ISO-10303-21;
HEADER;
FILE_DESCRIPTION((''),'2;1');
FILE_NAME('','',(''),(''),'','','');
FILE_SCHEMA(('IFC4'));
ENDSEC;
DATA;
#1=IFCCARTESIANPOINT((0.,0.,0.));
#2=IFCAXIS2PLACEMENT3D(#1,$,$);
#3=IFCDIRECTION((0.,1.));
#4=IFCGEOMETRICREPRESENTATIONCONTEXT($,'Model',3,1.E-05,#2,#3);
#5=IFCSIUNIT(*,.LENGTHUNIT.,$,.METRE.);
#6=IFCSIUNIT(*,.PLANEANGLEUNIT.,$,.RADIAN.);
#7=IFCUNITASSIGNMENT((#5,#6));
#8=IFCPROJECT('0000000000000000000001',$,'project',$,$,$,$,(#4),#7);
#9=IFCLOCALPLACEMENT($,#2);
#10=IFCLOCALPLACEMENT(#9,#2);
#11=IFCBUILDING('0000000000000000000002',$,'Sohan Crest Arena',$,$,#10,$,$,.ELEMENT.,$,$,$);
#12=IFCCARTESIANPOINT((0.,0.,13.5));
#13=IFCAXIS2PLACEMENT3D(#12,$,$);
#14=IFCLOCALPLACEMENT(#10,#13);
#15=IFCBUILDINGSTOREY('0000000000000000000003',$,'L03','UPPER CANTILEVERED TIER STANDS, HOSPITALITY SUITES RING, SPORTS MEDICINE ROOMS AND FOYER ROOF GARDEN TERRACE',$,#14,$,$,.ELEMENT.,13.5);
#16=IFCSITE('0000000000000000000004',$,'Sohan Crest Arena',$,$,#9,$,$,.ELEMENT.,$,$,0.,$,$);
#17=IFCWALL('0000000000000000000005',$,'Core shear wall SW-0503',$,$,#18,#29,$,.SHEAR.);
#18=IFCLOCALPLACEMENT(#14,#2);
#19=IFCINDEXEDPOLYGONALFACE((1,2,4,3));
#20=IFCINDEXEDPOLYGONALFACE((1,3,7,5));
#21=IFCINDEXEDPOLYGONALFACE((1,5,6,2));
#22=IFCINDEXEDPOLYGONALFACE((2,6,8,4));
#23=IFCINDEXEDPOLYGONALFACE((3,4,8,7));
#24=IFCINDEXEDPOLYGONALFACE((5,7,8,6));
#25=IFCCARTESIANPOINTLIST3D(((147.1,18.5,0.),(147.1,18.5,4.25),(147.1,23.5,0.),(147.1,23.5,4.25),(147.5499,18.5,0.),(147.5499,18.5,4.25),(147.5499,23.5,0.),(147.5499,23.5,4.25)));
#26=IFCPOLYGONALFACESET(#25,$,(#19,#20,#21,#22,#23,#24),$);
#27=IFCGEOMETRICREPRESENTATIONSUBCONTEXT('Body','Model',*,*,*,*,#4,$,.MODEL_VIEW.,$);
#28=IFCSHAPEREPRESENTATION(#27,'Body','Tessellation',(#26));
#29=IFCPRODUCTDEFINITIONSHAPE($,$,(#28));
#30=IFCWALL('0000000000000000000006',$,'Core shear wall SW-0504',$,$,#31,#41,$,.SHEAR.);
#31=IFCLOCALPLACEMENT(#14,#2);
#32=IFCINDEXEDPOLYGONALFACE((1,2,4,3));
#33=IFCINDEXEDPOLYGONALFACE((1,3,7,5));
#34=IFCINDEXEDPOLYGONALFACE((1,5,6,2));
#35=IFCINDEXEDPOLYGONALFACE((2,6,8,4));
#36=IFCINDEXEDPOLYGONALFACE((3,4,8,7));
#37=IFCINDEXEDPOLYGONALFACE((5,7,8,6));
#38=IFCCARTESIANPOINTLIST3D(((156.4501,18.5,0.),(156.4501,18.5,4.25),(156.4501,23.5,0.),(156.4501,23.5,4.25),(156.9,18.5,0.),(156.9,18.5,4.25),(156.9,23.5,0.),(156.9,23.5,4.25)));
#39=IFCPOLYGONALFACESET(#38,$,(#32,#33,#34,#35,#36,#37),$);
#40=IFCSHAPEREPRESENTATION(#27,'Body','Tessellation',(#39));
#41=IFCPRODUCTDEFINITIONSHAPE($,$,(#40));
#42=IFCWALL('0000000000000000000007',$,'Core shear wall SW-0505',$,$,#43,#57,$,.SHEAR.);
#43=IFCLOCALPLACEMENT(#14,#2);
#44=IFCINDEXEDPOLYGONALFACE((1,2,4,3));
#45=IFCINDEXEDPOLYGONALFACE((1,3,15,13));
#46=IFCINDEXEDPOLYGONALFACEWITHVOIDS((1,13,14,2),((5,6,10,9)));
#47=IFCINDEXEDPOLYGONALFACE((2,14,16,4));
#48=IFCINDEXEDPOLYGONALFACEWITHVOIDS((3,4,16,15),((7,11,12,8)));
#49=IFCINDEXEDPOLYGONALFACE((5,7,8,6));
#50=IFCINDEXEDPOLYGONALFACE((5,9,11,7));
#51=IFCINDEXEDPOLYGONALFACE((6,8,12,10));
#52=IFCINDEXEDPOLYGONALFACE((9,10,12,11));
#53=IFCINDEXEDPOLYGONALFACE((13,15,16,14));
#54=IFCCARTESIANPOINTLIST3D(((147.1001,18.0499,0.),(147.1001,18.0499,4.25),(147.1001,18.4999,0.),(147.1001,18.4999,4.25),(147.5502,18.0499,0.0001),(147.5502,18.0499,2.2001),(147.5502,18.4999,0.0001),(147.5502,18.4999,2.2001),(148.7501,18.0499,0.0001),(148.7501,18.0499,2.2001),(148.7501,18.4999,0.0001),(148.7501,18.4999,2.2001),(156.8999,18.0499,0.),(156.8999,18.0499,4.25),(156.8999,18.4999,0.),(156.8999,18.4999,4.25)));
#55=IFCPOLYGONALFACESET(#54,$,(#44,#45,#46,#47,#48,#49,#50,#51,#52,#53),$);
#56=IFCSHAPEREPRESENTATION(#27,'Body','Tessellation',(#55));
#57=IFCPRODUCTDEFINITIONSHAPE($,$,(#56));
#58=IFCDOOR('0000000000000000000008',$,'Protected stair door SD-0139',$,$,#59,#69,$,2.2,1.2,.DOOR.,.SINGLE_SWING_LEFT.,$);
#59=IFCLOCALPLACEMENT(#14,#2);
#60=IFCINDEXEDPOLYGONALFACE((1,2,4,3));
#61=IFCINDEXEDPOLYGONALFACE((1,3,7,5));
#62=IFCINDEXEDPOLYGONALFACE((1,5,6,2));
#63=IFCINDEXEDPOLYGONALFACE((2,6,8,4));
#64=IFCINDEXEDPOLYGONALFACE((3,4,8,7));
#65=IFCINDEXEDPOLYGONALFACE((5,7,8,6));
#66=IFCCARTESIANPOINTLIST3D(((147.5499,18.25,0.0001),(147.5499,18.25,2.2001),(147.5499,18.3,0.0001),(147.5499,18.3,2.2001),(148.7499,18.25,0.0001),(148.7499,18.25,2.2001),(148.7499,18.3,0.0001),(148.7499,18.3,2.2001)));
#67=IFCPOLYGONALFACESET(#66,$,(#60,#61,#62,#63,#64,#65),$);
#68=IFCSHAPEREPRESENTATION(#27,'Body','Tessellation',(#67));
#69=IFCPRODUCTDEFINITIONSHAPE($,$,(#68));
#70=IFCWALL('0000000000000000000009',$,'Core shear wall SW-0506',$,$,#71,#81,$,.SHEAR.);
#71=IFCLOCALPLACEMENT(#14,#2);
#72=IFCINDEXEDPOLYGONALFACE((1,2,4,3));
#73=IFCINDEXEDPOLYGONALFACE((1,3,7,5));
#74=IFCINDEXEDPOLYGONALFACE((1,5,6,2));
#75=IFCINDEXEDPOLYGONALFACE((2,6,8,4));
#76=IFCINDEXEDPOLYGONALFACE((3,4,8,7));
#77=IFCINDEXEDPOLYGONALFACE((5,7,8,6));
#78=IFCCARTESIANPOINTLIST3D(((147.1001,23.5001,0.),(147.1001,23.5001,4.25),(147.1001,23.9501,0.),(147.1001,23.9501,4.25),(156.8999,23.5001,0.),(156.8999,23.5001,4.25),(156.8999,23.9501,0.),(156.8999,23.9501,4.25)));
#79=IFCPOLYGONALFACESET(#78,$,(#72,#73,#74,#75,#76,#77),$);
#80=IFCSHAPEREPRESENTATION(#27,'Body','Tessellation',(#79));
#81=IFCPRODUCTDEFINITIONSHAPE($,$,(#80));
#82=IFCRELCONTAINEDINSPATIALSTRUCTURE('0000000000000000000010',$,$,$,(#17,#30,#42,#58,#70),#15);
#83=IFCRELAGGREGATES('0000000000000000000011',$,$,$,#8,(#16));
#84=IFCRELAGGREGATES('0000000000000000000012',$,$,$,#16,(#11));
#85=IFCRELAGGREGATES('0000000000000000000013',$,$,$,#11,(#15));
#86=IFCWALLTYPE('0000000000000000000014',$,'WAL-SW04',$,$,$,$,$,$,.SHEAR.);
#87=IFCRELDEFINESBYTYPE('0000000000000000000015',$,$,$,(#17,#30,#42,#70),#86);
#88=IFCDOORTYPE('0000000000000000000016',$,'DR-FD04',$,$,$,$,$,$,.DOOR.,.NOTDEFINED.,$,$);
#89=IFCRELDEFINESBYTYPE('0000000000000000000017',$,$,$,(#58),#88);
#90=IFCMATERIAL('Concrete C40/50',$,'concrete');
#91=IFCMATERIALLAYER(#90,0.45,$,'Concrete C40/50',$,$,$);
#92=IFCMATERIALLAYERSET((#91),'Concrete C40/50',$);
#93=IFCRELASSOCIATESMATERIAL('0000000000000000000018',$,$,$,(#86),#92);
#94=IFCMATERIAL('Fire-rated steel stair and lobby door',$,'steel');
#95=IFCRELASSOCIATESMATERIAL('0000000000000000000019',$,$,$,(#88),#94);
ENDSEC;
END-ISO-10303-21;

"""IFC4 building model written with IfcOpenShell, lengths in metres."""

from ifc_helpers import new_model, si_unit, direction, frame, frame_2d, origin, place, context, subcontext, project, spatial, rectangle, extrude, material, layer, layer_set, type_object, element, fill, save


model = new_model("IFC4")

# Units and contexts
model_context = context("Model", 3, precision=1e-05, world=origin(), true_north=direction((0.0, 1.0)))
body_context = subcontext(model_context, "Body", "Model", "MODEL_VIEW")
ifc_project = project(units=[si_unit("LENGTHUNIT", "METRE"), si_unit("PLANEANGLEUNIT", "RADIAN")], contexts=[model_context])

# Site, building, storey
site_placement = place(None, origin())
site = spatial("IfcSite", under=ifc_project, at=site_placement, Name="Sohan Crest Arena", CompositionType="ELEMENT", RefElevation=0.0)
building_placement = place(site_placement, origin())
building = spatial("IfcBuilding", under=site, at=building_placement, Name="Sohan Crest Arena", CompositionType="ELEMENT")
storey_placement = place(building_placement, frame((0.0, 0.0, 13.5)))
storey = spatial("IfcBuildingStorey", under=building, at=storey_placement, Name="L03", Description="UPPER CANTILEVERED TIER STANDS, HOSPITALITY SUITES RING, SPORTS MEDICINE ROOMS AND FOYER ROOF GARDEN TERRACE", CompositionType="ELEMENT", Elevation=13.5)

# Walls
ifc_material_1 = material(Name="Concrete C40/50", Category="concrete")
ifc_layer_1 = layer(ifc_material_1, 0.45, Name="Concrete C40/50")
ifc_layer_set_1 = layer_set([ifc_layer_1], Name="Concrete C40/50")
wall_type_1 = type_object("IfcWallType", Name="WAL-SW04", PredefinedType="SHEAR", material=ifc_layer_set_1)
for number, where, z_axis, x_axis, name in (
    (1, (147.325, 18.5, 0.0), (0.0, 0.0, 1.0), (0.0, 1.0, 0.0), "Core shear wall SW-0503"),
    (2, (156.675, 18.5, 0.0), (0.0, 0.0, 1.0), (0.0, 1.0, 0.0), "Core shear wall SW-0504"),
):
    element("IfcWall", number, at=place(storey_placement, frame(where, z_axis=z_axis, x_axis=x_axis)), inside=storey, type_object=wall_type_1, Name=name, PredefinedType="SHEAR", context=body_context, shape_type="SweptSolid", body=[
        extrude(rectangle(XDim=5.0, YDim=0.45, at=frame_2d((2.5, 0.0))), origin(), (0.0, 0.0, 1.0), 4.25),
    ])

# Wall, opening, door
wall_1_placement = place(storey_placement, frame((147.1001, 18.2749, 0.0), z_axis=(0.0, 0.0, 1.0), x_axis=(1.0, 0.0, 0.0)))
wall_1 = element("IfcWall", 3, at=wall_1_placement, inside=storey, type_object=wall_type_1, Name="Core shear wall SW-0505", PredefinedType="SHEAR", context=body_context, shape_type="SweptSolid", body=[
    extrude(rectangle(XDim=9.7998, YDim=0.45, at=frame_2d((4.8999, 0.0))), origin(), (0.0, 0.0, 1.0), 4.25),
])
opening_1_placement = place(wall_1_placement, frame((0.45, 0.0, 0.0)))
opening_1 = element("IfcOpeningElement", 4, at=opening_1_placement, cuts=wall_1, PredefinedType="OPENING", context=body_context, shape_type="SweptSolid", body=[
    extrude(rectangle(XDim=1.2, YDim=2.2, at=frame_2d((0.6001, 1.1001))), frame((0.0, 0.2349, 0.0), z_axis=(0.0, -1.0, 0.0), x_axis=(1.0, 0.0, 0.0)), (0.0, 0.0, 1.0), 0.47),
])
ifc_material_2 = material(Name="Fire-rated steel stair and lobby door", Category="steel")
door_type_1 = type_object("IfcDoorType", Name="DR-FD04", OperationType="NOTDEFINED", PredefinedType="DOOR", material=ifc_material_2)
door_1_placement = place(opening_1_placement, frame((1.2, 0.0, 0.0), z_axis=(0.0, 0.0, 1.0), x_axis=(-1.0, 0.0, 0.0)))
door_1 = element("IfcDoor", 5, at=door_1_placement, inside=storey, type_object=door_type_1, Name="Protected stair door SD-0139", OperationType="SINGLE_SWING_LEFT", OverallHeight=2.2, OverallWidth=1.2, PredefinedType="DOOR", context=body_context, shape_type="SweptSolid", body=[
    extrude(rectangle(XDim=1.2, YDim=2.2, at=frame_2d((0.6001, 1.1001))), frame((0.0, 0.0249, 0.0), z_axis=(0.0, -1.0, 0.0), x_axis=(1.0, 0.0, 0.0)), (0.0, 0.0, 1.0), 0.05),
])
fill(opening_1, door_1)

# Wall
wall_2_placement = place(storey_placement, frame((147.1001, 23.7251, 0.0), z_axis=(0.0, 0.0, 1.0), x_axis=(1.0, 0.0, 0.0)))
element("IfcWall", 6, at=wall_2_placement, inside=storey, type_object=wall_type_1, Name="Core shear wall SW-0506", PredefinedType="SHEAR", context=body_context, shape_type="SweptSolid", body=[
    extrude(rectangle(XDim=9.7998, YDim=0.45, at=frame_2d((4.8999, 0.0))), origin(), (0.0, 0.0, 1.0), 4.25),
])

save(model, "model.ifc")
